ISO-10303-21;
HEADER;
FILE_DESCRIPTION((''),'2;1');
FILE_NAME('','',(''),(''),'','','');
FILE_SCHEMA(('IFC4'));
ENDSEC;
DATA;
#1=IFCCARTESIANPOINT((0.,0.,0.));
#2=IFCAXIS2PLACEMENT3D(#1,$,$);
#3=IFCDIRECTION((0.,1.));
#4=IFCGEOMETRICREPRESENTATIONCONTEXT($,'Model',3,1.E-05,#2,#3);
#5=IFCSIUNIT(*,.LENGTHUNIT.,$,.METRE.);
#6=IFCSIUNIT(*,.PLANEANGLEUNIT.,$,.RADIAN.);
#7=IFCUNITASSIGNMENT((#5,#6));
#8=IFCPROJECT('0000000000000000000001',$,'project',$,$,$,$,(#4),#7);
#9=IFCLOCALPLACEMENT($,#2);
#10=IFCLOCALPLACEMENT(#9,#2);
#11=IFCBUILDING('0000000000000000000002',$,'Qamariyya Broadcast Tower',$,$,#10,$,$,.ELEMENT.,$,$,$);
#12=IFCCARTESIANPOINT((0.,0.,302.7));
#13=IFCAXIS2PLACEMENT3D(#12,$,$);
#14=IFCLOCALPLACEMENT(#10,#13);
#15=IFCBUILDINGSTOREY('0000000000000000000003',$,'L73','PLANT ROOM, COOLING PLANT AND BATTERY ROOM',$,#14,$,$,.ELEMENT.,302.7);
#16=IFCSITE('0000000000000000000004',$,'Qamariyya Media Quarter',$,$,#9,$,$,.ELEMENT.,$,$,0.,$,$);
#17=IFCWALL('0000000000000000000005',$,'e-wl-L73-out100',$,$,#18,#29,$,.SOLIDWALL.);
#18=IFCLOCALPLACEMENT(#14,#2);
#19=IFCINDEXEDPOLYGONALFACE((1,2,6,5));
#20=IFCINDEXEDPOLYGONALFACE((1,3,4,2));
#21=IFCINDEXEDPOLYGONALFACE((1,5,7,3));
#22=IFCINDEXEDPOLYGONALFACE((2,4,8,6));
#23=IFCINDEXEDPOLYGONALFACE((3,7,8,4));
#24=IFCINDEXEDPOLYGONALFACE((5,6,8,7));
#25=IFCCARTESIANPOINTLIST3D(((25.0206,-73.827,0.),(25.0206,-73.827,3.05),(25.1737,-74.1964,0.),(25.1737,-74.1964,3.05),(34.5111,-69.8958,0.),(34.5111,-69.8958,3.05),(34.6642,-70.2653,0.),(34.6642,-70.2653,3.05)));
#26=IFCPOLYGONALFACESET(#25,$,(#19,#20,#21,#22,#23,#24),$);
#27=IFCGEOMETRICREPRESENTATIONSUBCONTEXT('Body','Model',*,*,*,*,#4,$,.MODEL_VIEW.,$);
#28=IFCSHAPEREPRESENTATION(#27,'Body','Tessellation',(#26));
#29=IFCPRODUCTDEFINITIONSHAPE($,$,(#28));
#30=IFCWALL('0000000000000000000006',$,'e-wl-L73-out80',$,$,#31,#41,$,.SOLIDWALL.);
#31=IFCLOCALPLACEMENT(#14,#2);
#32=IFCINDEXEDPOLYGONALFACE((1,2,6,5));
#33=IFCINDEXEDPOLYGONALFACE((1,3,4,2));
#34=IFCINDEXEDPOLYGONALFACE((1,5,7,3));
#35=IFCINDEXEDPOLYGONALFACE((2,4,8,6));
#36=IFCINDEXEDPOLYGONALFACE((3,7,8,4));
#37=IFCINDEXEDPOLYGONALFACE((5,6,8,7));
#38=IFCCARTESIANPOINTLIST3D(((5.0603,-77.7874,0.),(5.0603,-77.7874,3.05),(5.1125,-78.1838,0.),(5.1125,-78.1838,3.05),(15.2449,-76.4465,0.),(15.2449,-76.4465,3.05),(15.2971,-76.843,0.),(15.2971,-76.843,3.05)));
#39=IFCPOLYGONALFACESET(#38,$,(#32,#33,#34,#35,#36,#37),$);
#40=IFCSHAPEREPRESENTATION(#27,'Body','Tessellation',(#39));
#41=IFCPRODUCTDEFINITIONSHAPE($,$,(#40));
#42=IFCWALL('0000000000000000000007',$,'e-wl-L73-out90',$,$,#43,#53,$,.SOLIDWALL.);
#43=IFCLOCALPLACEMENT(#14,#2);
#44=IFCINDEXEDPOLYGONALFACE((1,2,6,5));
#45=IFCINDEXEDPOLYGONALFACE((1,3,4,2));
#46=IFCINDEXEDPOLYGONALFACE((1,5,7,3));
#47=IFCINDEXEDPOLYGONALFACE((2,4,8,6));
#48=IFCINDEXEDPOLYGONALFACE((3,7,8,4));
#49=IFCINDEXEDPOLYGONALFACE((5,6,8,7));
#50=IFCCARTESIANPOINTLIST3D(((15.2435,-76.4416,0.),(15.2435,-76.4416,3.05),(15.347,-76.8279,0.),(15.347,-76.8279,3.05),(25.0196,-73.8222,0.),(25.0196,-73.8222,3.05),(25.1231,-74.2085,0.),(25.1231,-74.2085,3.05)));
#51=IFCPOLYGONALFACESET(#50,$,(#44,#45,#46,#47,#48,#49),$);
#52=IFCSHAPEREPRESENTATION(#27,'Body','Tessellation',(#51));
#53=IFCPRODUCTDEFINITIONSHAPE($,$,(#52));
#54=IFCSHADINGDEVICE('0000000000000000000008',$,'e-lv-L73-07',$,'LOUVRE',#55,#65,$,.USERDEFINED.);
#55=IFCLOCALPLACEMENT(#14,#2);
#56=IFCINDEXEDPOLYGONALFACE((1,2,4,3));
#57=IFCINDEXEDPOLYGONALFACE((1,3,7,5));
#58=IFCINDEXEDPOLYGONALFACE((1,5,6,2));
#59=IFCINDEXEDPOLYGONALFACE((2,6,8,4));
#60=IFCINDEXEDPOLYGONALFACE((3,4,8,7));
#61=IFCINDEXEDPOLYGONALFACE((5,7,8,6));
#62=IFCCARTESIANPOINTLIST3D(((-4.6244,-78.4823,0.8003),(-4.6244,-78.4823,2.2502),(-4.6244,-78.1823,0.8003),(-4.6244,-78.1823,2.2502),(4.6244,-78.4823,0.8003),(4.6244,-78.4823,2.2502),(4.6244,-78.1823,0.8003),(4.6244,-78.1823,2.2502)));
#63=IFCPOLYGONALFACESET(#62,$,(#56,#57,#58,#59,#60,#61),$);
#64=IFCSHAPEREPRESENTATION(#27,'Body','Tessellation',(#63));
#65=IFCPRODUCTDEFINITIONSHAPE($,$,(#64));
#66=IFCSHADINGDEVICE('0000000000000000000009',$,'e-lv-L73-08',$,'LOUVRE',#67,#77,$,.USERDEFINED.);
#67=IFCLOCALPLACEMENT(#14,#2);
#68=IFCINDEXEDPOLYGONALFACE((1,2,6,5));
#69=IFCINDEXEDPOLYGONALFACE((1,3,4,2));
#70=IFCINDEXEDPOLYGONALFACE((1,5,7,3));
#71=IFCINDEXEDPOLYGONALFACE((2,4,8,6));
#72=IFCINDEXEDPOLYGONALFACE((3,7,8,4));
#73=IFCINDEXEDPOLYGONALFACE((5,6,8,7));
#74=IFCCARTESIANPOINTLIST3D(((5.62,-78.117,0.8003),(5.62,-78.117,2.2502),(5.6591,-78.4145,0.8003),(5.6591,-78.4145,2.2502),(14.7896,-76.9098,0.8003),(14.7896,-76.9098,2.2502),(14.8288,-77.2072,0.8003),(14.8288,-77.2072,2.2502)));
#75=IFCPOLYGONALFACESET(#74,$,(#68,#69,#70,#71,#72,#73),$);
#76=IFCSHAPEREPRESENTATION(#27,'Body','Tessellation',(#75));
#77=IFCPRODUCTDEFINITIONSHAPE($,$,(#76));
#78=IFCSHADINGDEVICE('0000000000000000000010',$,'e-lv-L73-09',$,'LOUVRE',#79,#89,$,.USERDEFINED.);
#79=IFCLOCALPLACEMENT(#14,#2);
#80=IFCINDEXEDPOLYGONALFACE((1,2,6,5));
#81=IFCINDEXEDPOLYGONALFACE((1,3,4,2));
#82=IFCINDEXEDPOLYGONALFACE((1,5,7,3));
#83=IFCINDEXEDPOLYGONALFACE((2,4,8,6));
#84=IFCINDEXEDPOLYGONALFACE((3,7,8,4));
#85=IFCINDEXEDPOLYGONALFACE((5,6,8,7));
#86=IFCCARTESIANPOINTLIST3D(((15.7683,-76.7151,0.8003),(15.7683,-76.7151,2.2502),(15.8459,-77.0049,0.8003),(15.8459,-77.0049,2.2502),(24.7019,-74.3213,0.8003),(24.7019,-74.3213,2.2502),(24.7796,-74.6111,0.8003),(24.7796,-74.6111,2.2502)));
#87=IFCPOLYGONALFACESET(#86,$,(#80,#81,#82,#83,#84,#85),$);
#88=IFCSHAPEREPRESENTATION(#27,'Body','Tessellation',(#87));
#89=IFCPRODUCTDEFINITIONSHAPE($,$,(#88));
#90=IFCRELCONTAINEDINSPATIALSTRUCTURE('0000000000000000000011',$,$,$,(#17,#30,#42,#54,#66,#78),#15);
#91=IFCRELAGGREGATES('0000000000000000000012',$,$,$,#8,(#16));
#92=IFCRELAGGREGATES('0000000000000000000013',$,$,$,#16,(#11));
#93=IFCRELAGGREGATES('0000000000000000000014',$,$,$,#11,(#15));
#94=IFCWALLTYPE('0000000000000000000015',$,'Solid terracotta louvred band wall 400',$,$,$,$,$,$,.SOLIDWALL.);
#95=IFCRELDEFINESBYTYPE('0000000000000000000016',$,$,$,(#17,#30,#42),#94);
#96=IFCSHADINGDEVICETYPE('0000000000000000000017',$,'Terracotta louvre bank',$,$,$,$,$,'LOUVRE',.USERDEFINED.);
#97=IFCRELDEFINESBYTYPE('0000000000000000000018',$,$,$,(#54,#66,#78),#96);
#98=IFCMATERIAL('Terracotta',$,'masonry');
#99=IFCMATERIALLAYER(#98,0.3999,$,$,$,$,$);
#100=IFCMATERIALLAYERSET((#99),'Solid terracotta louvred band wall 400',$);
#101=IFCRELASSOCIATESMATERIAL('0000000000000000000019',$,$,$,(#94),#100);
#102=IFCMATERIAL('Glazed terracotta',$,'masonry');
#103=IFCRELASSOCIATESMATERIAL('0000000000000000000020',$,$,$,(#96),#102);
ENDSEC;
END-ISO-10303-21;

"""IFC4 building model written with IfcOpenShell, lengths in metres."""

from ifc_helpers import new_model, si_unit, direction, frame, frame_2d, origin, origin_2d, place, context, subcontext, project, spatial, rectangle, extrude, material, layer, layer_set, type_object, element, save


model = new_model("IFC4")

# Units and contexts
model_context = context("Model", 3, precision=1e-05, world=origin(), true_north=direction((0.0, 1.0)))
body_context = subcontext(model_context, "Body", "Model", "MODEL_VIEW")
ifc_project = project(units=[si_unit("LENGTHUNIT", "METRE"), si_unit("PLANEANGLEUNIT", "RADIAN")], contexts=[model_context])

# Site, building, storey
site_placement = place(None, origin())
site = spatial("IfcSite", under=ifc_project, at=site_placement, Name="Qamariyya Media Quarter", CompositionType="ELEMENT", RefElevation=0.0)
building_placement = place(site_placement, origin())
building = spatial("IfcBuilding", under=site, at=building_placement, Name="Qamariyya Broadcast Tower", CompositionType="ELEMENT")
storey_placement = place(building_placement, frame((0.0, 0.0, 302.7)))
storey = spatial("IfcBuildingStorey", under=building, at=storey_placement, Name="L73", Description="PLANT ROOM, COOLING PLANT AND BATTERY ROOM", CompositionType="ELEMENT", Elevation=302.7)

# Walls
ifc_material_1 = material(Name="Terracotta", Category="masonry")
ifc_layer_1 = layer(ifc_material_1, 0.3999)
ifc_layer_set_1 = layer_set([ifc_layer_1], Name="Solid terracotta louvred band wall 400")
wall_type_1 = type_object("IfcWallType", Name="Solid terracotta louvred band wall 400", PredefinedType="SOLIDWALL", material=ifc_layer_set_1)
for number, where, z_axis, x_axis, name in (
    (1, (25.0972, -74.0117, 0.0), (0.0, 0.0, 1.0), (0.923877, 0.382689, 0.0), "e-wl-L73-out100"),
    (2, (5.0864, -77.9856, 0.0), (0.0, 0.0, 1.0), (0.991445, 0.130526, 0.0), "e-wl-L73-out80"),
):
    element("IfcWall", number, at=place(storey_placement, frame(where, z_axis=z_axis, x_axis=x_axis)), inside=storey, type_object=wall_type_1, Name=name, PredefinedType="SOLIDWALL", context=body_context, shape_type="SweptSolid", body=[
        extrude(rectangle(XDim=10.2725, YDim=0.3999, at=frame_2d((5.1362, 0.0))), origin(), (0.0, 0.0, 1.0), 3.05),
    ])
wall_1_placement = place(storey_placement, frame((15.2952, -76.6348, 0.0), z_axis=(0.0, 0.0, 1.0), x_axis=(0.965929, 0.258808, 0.0)))
element("IfcWall", 3, at=wall_1_placement, inside=storey, type_object=wall_type_1, Name="e-wl-L73-out90", PredefinedType="SOLIDWALL", context=body_context, shape_type="SweptSolid", body=[
    extrude(rectangle(XDim=10.1208, YDim=0.3999, at=frame_2d((5.0605, 0.0))), origin(), (0.0, 0.0, 1.0), 3.05),
])

# Shading devices
ifc_material_2 = material(Name="Glazed terracotta", Category="masonry")
shading_device_type = type_object("IfcShadingDeviceType", Name="Terracotta louvre bank", ElementType="LOUVRE", PredefinedType="USERDEFINED", material=ifc_material_2)
for number, where, z_axis, x_axis, name in (
    (4, (0.0, -78.3323, 0.8003), (0.0, 0.0, 1.0), (1.0, 0.0, 0.0), "e-lv-L73-07"),
    (5, (10.2244, -77.6621, 0.8003), (0.0, 0.0, 1.0), (0.991445, 0.130526, 0.0), "e-lv-L73-08"),
    (6, (20.2739, -75.6631, 0.8003), (0.0, 0.0, 1.0), (0.965926, 0.258819, 0.0), "e-lv-L73-09"),
):
    element("IfcShadingDevice", number, at=place(storey_placement, frame(where, z_axis=z_axis, x_axis=x_axis)), inside=storey, type_object=shading_device_type, Name=name, ObjectType="LOUVRE", PredefinedType="USERDEFINED", context=body_context, shape_type="SweptSolid", body=[
        extrude(rectangle(XDim=9.2488, YDim=0.3, at=origin_2d()), origin(), (0.0, 0.0, 1.0), 1.45),
    ])

save(model, "model.ifc")
